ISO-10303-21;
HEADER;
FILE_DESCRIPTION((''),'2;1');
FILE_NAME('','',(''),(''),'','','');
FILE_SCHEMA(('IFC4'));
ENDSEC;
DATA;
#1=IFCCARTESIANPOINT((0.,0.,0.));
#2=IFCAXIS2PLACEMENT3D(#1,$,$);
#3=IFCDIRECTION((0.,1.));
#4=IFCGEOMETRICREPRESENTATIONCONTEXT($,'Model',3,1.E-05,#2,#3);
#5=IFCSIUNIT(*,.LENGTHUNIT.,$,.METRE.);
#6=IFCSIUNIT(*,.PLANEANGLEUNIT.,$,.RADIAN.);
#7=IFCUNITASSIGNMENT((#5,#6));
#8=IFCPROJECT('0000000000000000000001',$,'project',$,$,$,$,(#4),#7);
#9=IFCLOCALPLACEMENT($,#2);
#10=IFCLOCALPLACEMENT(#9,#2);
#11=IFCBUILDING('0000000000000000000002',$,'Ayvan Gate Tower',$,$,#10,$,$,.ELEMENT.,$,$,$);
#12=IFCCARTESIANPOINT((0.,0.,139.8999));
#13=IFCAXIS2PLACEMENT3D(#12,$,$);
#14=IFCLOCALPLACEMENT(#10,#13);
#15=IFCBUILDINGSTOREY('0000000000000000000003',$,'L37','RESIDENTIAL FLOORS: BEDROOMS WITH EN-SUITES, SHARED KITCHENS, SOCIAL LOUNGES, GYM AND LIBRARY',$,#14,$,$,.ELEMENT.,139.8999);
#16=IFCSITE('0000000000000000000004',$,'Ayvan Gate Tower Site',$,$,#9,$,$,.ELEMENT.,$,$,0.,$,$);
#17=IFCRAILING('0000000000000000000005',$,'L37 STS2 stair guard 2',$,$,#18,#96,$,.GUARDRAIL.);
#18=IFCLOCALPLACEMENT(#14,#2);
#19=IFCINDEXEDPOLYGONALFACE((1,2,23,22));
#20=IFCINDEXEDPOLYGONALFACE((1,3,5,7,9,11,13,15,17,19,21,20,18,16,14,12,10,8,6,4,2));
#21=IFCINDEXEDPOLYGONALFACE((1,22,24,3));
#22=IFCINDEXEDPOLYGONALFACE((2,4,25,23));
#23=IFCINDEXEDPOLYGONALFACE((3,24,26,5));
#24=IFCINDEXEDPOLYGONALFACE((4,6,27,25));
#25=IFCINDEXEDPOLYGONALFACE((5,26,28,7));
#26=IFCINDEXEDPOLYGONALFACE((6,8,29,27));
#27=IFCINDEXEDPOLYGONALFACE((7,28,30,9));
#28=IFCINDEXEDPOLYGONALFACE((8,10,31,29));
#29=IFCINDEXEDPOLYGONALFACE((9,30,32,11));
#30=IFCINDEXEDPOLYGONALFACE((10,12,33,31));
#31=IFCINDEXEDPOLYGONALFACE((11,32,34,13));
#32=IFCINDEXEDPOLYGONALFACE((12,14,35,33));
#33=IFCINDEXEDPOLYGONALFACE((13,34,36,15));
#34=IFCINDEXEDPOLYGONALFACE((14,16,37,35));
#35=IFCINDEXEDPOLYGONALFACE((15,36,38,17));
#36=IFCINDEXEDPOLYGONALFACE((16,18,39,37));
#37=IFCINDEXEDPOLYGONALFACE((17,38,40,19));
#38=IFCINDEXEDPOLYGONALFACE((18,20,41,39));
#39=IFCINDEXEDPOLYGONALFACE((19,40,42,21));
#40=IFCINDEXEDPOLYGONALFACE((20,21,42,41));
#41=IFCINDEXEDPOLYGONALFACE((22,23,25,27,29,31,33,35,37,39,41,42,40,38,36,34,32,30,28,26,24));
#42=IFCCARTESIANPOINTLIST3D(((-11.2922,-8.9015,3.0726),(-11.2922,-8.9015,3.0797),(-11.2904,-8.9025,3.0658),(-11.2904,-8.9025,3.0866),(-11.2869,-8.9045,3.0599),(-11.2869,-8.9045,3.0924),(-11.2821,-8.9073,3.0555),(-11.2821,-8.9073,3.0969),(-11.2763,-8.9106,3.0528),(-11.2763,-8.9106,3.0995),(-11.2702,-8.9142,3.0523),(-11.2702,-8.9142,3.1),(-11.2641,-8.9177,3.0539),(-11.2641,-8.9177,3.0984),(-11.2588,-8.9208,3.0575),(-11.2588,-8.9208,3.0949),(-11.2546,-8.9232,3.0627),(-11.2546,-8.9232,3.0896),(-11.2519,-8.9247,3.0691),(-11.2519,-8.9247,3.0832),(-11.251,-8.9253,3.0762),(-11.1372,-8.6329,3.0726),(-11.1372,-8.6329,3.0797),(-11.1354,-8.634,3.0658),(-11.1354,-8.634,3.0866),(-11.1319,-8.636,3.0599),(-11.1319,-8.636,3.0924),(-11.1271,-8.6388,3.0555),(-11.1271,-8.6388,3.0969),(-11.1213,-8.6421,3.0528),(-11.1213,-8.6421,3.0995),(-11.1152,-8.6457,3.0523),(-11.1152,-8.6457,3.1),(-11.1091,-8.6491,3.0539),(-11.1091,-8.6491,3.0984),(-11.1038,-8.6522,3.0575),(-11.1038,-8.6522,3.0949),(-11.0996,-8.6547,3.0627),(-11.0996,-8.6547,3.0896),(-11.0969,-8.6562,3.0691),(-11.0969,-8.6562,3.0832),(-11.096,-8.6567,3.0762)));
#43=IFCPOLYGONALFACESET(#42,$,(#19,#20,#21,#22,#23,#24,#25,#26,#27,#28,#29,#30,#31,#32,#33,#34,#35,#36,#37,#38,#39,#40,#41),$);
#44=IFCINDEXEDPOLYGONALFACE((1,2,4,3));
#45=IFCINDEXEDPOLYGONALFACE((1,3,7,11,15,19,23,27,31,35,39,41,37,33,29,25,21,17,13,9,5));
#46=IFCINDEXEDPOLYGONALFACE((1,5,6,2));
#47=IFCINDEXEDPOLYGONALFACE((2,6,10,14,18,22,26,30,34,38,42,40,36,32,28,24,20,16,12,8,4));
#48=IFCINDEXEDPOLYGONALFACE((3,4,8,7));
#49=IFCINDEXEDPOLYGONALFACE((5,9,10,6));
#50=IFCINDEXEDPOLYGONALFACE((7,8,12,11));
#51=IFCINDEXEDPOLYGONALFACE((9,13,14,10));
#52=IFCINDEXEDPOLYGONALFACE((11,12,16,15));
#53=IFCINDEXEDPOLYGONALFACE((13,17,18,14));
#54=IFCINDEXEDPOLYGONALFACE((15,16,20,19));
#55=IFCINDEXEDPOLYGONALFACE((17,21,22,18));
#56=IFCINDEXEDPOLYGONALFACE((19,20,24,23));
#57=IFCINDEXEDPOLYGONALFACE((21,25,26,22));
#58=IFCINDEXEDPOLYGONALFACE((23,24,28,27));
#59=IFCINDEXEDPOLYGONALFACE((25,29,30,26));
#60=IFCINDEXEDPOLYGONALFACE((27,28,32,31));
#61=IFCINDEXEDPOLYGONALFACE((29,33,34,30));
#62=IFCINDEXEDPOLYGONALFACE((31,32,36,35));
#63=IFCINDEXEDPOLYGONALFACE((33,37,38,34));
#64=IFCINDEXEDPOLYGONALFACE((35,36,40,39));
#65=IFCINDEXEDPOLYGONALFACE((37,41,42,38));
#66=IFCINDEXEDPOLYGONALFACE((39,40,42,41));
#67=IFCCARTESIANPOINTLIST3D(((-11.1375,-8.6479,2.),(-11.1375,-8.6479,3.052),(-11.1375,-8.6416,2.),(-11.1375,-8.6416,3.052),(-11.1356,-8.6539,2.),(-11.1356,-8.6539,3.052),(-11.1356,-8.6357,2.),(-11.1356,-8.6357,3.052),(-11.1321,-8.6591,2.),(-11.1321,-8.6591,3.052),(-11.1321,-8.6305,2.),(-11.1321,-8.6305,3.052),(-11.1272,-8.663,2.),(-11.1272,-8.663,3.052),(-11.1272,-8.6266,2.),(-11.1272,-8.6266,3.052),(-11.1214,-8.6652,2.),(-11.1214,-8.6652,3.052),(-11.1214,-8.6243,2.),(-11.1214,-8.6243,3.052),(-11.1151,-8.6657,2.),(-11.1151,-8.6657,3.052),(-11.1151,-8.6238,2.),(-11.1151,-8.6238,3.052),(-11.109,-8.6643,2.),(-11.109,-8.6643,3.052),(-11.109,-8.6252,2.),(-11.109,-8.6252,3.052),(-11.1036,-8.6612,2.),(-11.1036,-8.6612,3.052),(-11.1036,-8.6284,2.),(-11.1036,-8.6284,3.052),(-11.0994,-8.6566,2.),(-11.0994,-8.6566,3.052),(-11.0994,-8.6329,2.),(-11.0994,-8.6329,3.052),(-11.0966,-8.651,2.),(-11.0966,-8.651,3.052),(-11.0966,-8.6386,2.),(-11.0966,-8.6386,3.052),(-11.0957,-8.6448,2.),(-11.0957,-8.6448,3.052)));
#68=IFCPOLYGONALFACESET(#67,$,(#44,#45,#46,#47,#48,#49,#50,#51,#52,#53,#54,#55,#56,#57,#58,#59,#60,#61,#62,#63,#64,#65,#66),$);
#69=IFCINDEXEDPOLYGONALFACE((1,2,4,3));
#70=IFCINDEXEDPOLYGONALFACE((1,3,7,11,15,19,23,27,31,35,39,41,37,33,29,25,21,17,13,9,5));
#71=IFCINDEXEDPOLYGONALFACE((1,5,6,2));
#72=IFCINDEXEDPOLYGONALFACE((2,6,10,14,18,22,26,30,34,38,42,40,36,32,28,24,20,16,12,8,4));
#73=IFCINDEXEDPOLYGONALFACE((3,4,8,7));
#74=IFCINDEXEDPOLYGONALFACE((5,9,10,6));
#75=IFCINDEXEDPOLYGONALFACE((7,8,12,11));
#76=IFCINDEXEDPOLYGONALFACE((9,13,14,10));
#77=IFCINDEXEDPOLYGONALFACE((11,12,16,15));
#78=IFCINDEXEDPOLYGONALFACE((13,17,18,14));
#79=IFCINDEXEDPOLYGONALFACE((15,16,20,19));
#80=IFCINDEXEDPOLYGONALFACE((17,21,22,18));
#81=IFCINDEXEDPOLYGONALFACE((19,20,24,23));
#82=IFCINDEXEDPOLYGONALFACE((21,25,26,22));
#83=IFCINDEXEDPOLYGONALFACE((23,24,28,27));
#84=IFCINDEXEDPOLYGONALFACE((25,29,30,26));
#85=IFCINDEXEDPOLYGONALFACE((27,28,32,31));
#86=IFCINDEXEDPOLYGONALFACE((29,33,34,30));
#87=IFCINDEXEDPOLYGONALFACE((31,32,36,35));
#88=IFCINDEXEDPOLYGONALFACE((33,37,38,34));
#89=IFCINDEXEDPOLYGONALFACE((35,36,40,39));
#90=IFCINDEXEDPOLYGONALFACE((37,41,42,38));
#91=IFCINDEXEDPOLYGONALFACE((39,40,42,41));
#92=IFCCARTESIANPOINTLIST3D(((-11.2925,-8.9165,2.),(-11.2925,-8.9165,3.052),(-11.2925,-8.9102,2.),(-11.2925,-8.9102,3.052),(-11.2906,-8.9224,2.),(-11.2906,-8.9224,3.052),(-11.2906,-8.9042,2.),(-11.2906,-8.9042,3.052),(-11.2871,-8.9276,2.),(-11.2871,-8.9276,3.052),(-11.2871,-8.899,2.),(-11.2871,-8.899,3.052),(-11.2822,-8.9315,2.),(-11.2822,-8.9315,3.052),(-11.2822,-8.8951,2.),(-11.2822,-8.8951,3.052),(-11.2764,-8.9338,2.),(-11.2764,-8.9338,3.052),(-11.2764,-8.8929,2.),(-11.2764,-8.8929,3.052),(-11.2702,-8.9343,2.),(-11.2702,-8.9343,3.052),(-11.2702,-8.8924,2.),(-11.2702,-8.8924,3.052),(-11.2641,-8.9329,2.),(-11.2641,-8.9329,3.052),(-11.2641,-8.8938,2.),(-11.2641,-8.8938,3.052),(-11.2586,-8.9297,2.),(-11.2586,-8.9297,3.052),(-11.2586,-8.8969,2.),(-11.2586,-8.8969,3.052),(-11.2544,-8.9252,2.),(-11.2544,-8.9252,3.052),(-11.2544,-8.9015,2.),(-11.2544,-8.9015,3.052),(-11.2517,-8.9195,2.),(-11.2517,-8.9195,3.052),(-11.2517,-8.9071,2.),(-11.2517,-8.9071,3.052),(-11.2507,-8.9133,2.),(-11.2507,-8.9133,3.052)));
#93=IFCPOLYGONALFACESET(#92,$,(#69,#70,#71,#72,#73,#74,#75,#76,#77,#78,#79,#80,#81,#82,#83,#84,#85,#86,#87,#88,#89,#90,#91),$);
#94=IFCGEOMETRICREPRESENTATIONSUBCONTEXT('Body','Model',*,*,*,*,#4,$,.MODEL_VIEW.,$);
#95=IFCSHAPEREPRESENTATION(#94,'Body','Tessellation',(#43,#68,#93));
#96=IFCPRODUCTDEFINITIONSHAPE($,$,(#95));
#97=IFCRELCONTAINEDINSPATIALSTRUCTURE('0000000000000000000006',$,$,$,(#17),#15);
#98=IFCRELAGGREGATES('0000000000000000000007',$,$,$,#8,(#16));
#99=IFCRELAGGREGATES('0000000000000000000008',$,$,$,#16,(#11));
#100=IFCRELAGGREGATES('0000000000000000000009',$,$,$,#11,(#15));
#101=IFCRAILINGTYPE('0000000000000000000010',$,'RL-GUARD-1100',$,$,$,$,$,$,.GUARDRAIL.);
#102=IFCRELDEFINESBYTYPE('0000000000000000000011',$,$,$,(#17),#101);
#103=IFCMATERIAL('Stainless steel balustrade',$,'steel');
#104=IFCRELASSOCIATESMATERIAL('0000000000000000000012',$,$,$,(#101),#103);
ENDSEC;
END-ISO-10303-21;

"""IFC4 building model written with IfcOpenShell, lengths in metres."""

from ifc_helpers import new_model, si_unit, direction, frame, origin, origin_2d, place, context, subcontext, project, spatial, circle, extrude, material, type_object, element, save


model = new_model("IFC4")

# Units and contexts
model_context = context("Model", 3, precision=1e-05, world=origin(), true_north=direction((0.0, 1.0)))
body_context = subcontext(model_context, "Body", "Model", "MODEL_VIEW")
ifc_project = project(units=[si_unit("LENGTHUNIT", "METRE"), si_unit("PLANEANGLEUNIT", "RADIAN")], contexts=[model_context])

# Site, building, storey
site_placement = place(None, origin())
site = spatial("IfcSite", under=ifc_project, at=site_placement, Name="Ayvan Gate Tower Site", CompositionType="ELEMENT", RefElevation=0.0)
building_placement = place(site_placement, origin())
building = spatial("IfcBuilding", under=site, at=building_placement, Name="Ayvan Gate Tower", CompositionType="ELEMENT")
storey_placement = place(building_placement, frame((0.0, 0.0, 139.8999)))
storey = spatial("IfcBuildingStorey", under=building, at=storey_placement, Name="L37", Description="RESIDENTIAL FLOORS: BEDROOMS WITH EN-SUITES, SHARED KITCHENS, SOCIAL LOUNGES, GYM AND LIBRARY", CompositionType="ELEMENT", Elevation=139.8999)

# Railing
ifc_material_1 = material(Name="Stainless steel balustrade", Category="steel")
railing_type_1 = type_object("IfcRailingType", Name="RL-GUARD-1100", PredefinedType="GUARDRAIL", material=ifc_material_1)
railing_1_placement = place(storey_placement, frame((-11.1167, -8.6448, 2.0)))
element("IfcRailing", 1, at=railing_1_placement, inside=storey, type_object=railing_type_1, Name="L37 STS2 stair guard 2", PredefinedType="GUARDRAIL", context=body_context, shape_type="SweptSolid", body=[
    extrude(circle(Radius=0.0239, at=origin_2d()), frame((0.0, 0.0, 1.0762), z_axis=(-0.49995, -0.866054, 0.0), x_axis=(0.866054, -0.49995, 0.0)), (0.0, 0.0, 1.0), 0.3101),
    extrude(circle(Radius=0.021, at=origin_2d()), origin(), (0.0, 0.0, 1.0), 1.052),
    extrude(circle(Radius=0.021, at=origin_2d()), frame((-0.155, -0.2686, 0.0)), (0.0, 0.0, 1.0), 1.052),
])

save(model, "model.ifc")
